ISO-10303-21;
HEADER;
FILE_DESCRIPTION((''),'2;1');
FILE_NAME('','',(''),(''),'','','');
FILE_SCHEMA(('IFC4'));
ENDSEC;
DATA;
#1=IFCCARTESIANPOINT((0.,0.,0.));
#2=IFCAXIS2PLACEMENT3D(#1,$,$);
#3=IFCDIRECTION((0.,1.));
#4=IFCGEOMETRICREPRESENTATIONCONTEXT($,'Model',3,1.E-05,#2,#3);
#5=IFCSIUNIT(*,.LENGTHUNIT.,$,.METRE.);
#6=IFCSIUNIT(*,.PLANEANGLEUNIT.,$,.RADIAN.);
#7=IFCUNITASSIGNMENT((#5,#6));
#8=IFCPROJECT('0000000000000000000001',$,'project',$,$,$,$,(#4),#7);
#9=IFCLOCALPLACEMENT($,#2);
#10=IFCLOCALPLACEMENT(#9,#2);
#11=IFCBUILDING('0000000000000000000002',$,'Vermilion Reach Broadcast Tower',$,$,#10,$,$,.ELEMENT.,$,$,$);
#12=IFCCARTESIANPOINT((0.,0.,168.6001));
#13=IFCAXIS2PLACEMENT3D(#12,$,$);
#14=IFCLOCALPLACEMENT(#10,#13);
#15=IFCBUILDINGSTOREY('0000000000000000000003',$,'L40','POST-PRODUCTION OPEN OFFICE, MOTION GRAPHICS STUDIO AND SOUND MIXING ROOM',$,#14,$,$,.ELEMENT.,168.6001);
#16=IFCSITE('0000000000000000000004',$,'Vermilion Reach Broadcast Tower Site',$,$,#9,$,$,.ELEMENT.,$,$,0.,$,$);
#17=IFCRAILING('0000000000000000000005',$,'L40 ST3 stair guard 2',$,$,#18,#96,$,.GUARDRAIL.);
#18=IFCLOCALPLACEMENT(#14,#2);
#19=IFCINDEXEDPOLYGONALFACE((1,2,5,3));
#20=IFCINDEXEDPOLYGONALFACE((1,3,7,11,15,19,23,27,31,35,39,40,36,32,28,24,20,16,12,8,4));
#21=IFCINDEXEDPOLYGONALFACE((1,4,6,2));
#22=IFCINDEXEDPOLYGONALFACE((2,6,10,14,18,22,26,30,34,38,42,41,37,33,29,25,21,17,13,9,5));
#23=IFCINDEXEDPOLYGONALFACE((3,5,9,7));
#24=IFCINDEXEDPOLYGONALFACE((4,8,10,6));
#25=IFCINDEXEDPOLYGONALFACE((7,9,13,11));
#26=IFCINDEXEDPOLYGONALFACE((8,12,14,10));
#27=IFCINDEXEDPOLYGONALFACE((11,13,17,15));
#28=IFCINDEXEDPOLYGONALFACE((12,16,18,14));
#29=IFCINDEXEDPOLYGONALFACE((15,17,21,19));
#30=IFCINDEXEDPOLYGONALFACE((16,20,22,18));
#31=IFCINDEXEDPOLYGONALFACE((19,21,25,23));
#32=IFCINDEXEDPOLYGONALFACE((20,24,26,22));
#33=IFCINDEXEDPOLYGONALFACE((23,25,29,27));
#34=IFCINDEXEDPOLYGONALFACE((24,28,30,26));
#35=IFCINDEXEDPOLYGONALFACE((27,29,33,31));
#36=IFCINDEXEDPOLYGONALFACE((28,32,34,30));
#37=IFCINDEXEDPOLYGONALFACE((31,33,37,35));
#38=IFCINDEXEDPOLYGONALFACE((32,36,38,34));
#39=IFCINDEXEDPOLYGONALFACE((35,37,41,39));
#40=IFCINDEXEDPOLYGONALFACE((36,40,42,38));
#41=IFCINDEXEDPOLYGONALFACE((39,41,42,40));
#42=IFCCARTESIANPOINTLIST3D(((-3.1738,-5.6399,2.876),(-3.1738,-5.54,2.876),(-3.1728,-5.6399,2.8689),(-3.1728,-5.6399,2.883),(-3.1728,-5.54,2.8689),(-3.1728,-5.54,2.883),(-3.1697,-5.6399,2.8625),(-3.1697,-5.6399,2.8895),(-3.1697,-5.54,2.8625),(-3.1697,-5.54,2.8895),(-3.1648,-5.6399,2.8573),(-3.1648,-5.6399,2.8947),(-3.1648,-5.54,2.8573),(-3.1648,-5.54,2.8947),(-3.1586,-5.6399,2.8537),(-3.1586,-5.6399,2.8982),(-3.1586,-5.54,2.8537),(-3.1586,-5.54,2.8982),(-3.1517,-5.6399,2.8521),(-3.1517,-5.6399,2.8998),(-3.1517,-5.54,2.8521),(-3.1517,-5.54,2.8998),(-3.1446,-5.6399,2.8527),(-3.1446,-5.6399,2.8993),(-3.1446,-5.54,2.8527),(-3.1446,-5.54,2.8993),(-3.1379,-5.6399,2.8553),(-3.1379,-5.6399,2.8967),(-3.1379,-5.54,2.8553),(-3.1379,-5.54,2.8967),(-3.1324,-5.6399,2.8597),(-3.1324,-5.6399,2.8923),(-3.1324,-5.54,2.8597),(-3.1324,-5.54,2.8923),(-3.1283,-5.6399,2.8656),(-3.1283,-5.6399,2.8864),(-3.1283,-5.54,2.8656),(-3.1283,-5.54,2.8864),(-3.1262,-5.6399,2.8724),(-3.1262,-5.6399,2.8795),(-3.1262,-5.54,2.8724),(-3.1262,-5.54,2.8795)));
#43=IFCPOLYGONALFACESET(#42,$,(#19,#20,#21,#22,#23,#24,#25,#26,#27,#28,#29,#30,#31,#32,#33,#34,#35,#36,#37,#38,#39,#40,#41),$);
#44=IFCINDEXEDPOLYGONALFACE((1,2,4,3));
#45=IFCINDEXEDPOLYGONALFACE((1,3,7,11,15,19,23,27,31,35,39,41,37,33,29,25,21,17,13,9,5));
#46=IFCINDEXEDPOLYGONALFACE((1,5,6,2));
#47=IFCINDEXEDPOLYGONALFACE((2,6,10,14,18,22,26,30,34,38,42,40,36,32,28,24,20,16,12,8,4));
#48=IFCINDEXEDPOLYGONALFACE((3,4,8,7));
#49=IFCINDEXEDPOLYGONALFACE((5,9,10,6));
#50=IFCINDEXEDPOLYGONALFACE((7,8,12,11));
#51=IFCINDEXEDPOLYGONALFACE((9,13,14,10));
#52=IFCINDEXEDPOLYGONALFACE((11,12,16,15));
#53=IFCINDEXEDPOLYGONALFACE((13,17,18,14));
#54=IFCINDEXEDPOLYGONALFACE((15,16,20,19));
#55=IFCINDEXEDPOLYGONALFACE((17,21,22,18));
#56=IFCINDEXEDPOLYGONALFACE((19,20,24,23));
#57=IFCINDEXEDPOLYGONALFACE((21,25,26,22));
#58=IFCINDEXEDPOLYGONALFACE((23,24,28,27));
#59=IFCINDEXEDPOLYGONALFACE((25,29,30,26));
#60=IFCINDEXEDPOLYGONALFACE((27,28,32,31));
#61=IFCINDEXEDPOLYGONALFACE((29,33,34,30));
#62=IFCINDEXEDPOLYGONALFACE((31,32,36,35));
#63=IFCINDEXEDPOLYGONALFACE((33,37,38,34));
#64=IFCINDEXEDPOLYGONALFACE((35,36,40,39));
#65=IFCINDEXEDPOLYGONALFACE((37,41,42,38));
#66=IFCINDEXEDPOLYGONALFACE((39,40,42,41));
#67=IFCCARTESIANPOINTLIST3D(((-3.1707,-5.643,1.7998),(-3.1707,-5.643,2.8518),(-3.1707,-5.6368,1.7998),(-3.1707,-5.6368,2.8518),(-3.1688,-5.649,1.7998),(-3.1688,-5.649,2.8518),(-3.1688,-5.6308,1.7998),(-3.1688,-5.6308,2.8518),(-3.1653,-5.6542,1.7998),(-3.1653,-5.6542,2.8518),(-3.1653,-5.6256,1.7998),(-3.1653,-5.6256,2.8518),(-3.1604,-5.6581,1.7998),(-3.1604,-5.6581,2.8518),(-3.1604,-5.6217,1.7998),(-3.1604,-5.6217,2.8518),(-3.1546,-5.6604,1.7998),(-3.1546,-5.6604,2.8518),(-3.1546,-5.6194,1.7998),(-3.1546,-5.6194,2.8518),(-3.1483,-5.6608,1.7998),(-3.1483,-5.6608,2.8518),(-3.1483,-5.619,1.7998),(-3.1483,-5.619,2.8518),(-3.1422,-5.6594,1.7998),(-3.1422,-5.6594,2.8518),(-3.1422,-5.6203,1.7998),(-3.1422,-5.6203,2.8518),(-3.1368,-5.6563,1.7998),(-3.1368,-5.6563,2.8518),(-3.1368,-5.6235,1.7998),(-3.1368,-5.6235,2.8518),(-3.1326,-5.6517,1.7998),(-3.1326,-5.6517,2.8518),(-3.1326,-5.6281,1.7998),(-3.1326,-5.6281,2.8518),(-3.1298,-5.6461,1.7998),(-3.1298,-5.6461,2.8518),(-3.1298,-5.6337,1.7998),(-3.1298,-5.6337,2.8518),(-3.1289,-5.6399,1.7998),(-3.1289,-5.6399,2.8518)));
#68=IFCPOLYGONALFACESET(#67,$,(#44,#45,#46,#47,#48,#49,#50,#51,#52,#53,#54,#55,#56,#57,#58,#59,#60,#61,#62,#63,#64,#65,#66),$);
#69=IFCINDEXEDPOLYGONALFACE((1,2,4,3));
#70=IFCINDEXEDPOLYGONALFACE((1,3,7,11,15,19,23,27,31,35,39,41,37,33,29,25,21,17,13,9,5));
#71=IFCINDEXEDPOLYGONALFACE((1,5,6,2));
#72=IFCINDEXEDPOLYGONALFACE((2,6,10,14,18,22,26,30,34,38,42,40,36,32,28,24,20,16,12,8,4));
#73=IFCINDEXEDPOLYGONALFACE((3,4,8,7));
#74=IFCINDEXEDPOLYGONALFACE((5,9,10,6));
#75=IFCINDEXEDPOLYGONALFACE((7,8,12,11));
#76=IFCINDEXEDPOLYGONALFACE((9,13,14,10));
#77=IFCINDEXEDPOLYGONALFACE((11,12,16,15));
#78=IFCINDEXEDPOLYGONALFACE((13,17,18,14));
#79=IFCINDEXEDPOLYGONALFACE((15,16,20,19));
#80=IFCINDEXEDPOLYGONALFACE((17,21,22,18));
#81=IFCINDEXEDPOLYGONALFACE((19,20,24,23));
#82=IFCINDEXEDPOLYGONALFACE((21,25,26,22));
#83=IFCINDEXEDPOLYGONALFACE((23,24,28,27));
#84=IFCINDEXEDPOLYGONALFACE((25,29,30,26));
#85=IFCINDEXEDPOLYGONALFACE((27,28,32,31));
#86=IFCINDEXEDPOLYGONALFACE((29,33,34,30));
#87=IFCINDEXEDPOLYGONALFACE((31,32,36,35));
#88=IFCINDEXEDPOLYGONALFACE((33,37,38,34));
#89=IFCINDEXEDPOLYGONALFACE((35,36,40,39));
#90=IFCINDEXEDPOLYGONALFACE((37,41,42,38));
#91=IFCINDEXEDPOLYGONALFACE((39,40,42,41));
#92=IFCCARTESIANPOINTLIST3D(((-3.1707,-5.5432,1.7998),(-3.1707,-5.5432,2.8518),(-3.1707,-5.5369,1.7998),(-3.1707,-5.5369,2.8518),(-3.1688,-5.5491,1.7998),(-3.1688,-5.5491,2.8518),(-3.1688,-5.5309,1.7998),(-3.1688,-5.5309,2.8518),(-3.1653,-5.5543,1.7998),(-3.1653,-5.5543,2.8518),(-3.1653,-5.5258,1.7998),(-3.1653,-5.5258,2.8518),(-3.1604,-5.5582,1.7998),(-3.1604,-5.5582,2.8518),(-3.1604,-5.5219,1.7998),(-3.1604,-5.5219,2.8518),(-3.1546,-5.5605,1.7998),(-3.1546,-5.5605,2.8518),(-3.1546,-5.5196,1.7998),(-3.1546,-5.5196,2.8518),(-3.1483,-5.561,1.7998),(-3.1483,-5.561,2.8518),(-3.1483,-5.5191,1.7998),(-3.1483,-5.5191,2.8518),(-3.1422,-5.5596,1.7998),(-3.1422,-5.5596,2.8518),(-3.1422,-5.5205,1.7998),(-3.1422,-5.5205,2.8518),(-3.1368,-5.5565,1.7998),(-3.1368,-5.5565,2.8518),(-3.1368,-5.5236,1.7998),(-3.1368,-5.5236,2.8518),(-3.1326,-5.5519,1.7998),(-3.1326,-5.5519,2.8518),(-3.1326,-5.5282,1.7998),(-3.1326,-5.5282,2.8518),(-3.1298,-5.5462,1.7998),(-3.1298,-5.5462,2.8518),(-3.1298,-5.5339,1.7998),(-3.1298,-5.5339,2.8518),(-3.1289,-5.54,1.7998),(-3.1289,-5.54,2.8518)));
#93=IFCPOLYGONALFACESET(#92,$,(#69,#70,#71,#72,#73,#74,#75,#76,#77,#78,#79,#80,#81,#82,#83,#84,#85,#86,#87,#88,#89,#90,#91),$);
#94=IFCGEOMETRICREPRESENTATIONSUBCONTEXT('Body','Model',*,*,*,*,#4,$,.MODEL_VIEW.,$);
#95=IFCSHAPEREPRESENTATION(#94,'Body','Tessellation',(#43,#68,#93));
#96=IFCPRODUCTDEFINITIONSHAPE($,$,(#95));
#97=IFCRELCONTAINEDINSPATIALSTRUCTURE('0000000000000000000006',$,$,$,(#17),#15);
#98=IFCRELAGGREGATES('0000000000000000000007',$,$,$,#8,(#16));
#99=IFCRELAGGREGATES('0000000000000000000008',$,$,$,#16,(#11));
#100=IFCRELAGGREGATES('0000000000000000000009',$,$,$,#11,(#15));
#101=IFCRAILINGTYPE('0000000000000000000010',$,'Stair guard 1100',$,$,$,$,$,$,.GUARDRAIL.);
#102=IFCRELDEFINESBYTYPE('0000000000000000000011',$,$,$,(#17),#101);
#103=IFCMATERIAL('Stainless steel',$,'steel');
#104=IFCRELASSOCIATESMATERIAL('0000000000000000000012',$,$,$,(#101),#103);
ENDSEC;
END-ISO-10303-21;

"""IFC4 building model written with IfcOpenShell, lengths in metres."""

from ifc_helpers import new_model, si_unit, direction, frame, origin, origin_2d, place, context, subcontext, project, spatial, circle, extrude, material, type_object, element, save


model = new_model("IFC4")

# Units and contexts
model_context = context("Model", 3, precision=1e-05, world=origin(), true_north=direction((0.0, 1.0)))
body_context = subcontext(model_context, "Body", "Model", "MODEL_VIEW")
ifc_project = project(units=[si_unit("LENGTHUNIT", "METRE"), si_unit("PLANEANGLEUNIT", "RADIAN")], contexts=[model_context])

# Site, building, storey
site_placement = place(None, origin())
site = spatial("IfcSite", under=ifc_project, at=site_placement, Name="Vermilion Reach Broadcast Tower Site", CompositionType="ELEMENT", RefElevation=0.0)
building_placement = place(site_placement, origin())
building = spatial("IfcBuilding", under=site, at=building_placement, Name="Vermilion Reach Broadcast Tower", CompositionType="ELEMENT")
storey_placement = place(building_placement, frame((0.0, 0.0, 168.6001)))
storey = spatial("IfcBuildingStorey", under=building, at=storey_placement, Name="L40", Description="POST-PRODUCTION OPEN OFFICE, MOTION GRAPHICS STUDIO AND SOUND MIXING ROOM", CompositionType="ELEMENT", Elevation=168.6001)

# Railing
ifc_material_1 = material(Name="Stainless steel", Category="steel")
railing_type_1 = type_object("IfcRailingType", Name="Stair guard 1100", PredefinedType="GUARDRAIL", material=ifc_material_1)
railing_1_placement = place(storey_placement, frame((-3.1499, -5.6399, 1.7998)))
element("IfcRailing", 1, at=railing_1_placement, inside=storey, type_object=railing_type_1, Name="L40 ST3 stair guard 2", PredefinedType="GUARDRAIL", context=body_context, shape_type="SweptSolid", body=[
    extrude(circle(Radius=0.0239, at=origin_2d()), frame((0.0, 0.0, 1.0762), z_axis=(0.0, 1.0, 0.0), x_axis=(-1.0, 0.0, 0.0)), (0.0, 0.0, 1.0), 0.0999),
    extrude(circle(Radius=0.021, at=origin_2d()), origin(), (0.0, 0.0, 1.0), 1.052),
    extrude(circle(Radius=0.021, at=origin_2d()), frame((0.0, 0.0999, 0.0)), (0.0, 0.0, 1.0), 1.052),
])

save(model, "model.ifc")
